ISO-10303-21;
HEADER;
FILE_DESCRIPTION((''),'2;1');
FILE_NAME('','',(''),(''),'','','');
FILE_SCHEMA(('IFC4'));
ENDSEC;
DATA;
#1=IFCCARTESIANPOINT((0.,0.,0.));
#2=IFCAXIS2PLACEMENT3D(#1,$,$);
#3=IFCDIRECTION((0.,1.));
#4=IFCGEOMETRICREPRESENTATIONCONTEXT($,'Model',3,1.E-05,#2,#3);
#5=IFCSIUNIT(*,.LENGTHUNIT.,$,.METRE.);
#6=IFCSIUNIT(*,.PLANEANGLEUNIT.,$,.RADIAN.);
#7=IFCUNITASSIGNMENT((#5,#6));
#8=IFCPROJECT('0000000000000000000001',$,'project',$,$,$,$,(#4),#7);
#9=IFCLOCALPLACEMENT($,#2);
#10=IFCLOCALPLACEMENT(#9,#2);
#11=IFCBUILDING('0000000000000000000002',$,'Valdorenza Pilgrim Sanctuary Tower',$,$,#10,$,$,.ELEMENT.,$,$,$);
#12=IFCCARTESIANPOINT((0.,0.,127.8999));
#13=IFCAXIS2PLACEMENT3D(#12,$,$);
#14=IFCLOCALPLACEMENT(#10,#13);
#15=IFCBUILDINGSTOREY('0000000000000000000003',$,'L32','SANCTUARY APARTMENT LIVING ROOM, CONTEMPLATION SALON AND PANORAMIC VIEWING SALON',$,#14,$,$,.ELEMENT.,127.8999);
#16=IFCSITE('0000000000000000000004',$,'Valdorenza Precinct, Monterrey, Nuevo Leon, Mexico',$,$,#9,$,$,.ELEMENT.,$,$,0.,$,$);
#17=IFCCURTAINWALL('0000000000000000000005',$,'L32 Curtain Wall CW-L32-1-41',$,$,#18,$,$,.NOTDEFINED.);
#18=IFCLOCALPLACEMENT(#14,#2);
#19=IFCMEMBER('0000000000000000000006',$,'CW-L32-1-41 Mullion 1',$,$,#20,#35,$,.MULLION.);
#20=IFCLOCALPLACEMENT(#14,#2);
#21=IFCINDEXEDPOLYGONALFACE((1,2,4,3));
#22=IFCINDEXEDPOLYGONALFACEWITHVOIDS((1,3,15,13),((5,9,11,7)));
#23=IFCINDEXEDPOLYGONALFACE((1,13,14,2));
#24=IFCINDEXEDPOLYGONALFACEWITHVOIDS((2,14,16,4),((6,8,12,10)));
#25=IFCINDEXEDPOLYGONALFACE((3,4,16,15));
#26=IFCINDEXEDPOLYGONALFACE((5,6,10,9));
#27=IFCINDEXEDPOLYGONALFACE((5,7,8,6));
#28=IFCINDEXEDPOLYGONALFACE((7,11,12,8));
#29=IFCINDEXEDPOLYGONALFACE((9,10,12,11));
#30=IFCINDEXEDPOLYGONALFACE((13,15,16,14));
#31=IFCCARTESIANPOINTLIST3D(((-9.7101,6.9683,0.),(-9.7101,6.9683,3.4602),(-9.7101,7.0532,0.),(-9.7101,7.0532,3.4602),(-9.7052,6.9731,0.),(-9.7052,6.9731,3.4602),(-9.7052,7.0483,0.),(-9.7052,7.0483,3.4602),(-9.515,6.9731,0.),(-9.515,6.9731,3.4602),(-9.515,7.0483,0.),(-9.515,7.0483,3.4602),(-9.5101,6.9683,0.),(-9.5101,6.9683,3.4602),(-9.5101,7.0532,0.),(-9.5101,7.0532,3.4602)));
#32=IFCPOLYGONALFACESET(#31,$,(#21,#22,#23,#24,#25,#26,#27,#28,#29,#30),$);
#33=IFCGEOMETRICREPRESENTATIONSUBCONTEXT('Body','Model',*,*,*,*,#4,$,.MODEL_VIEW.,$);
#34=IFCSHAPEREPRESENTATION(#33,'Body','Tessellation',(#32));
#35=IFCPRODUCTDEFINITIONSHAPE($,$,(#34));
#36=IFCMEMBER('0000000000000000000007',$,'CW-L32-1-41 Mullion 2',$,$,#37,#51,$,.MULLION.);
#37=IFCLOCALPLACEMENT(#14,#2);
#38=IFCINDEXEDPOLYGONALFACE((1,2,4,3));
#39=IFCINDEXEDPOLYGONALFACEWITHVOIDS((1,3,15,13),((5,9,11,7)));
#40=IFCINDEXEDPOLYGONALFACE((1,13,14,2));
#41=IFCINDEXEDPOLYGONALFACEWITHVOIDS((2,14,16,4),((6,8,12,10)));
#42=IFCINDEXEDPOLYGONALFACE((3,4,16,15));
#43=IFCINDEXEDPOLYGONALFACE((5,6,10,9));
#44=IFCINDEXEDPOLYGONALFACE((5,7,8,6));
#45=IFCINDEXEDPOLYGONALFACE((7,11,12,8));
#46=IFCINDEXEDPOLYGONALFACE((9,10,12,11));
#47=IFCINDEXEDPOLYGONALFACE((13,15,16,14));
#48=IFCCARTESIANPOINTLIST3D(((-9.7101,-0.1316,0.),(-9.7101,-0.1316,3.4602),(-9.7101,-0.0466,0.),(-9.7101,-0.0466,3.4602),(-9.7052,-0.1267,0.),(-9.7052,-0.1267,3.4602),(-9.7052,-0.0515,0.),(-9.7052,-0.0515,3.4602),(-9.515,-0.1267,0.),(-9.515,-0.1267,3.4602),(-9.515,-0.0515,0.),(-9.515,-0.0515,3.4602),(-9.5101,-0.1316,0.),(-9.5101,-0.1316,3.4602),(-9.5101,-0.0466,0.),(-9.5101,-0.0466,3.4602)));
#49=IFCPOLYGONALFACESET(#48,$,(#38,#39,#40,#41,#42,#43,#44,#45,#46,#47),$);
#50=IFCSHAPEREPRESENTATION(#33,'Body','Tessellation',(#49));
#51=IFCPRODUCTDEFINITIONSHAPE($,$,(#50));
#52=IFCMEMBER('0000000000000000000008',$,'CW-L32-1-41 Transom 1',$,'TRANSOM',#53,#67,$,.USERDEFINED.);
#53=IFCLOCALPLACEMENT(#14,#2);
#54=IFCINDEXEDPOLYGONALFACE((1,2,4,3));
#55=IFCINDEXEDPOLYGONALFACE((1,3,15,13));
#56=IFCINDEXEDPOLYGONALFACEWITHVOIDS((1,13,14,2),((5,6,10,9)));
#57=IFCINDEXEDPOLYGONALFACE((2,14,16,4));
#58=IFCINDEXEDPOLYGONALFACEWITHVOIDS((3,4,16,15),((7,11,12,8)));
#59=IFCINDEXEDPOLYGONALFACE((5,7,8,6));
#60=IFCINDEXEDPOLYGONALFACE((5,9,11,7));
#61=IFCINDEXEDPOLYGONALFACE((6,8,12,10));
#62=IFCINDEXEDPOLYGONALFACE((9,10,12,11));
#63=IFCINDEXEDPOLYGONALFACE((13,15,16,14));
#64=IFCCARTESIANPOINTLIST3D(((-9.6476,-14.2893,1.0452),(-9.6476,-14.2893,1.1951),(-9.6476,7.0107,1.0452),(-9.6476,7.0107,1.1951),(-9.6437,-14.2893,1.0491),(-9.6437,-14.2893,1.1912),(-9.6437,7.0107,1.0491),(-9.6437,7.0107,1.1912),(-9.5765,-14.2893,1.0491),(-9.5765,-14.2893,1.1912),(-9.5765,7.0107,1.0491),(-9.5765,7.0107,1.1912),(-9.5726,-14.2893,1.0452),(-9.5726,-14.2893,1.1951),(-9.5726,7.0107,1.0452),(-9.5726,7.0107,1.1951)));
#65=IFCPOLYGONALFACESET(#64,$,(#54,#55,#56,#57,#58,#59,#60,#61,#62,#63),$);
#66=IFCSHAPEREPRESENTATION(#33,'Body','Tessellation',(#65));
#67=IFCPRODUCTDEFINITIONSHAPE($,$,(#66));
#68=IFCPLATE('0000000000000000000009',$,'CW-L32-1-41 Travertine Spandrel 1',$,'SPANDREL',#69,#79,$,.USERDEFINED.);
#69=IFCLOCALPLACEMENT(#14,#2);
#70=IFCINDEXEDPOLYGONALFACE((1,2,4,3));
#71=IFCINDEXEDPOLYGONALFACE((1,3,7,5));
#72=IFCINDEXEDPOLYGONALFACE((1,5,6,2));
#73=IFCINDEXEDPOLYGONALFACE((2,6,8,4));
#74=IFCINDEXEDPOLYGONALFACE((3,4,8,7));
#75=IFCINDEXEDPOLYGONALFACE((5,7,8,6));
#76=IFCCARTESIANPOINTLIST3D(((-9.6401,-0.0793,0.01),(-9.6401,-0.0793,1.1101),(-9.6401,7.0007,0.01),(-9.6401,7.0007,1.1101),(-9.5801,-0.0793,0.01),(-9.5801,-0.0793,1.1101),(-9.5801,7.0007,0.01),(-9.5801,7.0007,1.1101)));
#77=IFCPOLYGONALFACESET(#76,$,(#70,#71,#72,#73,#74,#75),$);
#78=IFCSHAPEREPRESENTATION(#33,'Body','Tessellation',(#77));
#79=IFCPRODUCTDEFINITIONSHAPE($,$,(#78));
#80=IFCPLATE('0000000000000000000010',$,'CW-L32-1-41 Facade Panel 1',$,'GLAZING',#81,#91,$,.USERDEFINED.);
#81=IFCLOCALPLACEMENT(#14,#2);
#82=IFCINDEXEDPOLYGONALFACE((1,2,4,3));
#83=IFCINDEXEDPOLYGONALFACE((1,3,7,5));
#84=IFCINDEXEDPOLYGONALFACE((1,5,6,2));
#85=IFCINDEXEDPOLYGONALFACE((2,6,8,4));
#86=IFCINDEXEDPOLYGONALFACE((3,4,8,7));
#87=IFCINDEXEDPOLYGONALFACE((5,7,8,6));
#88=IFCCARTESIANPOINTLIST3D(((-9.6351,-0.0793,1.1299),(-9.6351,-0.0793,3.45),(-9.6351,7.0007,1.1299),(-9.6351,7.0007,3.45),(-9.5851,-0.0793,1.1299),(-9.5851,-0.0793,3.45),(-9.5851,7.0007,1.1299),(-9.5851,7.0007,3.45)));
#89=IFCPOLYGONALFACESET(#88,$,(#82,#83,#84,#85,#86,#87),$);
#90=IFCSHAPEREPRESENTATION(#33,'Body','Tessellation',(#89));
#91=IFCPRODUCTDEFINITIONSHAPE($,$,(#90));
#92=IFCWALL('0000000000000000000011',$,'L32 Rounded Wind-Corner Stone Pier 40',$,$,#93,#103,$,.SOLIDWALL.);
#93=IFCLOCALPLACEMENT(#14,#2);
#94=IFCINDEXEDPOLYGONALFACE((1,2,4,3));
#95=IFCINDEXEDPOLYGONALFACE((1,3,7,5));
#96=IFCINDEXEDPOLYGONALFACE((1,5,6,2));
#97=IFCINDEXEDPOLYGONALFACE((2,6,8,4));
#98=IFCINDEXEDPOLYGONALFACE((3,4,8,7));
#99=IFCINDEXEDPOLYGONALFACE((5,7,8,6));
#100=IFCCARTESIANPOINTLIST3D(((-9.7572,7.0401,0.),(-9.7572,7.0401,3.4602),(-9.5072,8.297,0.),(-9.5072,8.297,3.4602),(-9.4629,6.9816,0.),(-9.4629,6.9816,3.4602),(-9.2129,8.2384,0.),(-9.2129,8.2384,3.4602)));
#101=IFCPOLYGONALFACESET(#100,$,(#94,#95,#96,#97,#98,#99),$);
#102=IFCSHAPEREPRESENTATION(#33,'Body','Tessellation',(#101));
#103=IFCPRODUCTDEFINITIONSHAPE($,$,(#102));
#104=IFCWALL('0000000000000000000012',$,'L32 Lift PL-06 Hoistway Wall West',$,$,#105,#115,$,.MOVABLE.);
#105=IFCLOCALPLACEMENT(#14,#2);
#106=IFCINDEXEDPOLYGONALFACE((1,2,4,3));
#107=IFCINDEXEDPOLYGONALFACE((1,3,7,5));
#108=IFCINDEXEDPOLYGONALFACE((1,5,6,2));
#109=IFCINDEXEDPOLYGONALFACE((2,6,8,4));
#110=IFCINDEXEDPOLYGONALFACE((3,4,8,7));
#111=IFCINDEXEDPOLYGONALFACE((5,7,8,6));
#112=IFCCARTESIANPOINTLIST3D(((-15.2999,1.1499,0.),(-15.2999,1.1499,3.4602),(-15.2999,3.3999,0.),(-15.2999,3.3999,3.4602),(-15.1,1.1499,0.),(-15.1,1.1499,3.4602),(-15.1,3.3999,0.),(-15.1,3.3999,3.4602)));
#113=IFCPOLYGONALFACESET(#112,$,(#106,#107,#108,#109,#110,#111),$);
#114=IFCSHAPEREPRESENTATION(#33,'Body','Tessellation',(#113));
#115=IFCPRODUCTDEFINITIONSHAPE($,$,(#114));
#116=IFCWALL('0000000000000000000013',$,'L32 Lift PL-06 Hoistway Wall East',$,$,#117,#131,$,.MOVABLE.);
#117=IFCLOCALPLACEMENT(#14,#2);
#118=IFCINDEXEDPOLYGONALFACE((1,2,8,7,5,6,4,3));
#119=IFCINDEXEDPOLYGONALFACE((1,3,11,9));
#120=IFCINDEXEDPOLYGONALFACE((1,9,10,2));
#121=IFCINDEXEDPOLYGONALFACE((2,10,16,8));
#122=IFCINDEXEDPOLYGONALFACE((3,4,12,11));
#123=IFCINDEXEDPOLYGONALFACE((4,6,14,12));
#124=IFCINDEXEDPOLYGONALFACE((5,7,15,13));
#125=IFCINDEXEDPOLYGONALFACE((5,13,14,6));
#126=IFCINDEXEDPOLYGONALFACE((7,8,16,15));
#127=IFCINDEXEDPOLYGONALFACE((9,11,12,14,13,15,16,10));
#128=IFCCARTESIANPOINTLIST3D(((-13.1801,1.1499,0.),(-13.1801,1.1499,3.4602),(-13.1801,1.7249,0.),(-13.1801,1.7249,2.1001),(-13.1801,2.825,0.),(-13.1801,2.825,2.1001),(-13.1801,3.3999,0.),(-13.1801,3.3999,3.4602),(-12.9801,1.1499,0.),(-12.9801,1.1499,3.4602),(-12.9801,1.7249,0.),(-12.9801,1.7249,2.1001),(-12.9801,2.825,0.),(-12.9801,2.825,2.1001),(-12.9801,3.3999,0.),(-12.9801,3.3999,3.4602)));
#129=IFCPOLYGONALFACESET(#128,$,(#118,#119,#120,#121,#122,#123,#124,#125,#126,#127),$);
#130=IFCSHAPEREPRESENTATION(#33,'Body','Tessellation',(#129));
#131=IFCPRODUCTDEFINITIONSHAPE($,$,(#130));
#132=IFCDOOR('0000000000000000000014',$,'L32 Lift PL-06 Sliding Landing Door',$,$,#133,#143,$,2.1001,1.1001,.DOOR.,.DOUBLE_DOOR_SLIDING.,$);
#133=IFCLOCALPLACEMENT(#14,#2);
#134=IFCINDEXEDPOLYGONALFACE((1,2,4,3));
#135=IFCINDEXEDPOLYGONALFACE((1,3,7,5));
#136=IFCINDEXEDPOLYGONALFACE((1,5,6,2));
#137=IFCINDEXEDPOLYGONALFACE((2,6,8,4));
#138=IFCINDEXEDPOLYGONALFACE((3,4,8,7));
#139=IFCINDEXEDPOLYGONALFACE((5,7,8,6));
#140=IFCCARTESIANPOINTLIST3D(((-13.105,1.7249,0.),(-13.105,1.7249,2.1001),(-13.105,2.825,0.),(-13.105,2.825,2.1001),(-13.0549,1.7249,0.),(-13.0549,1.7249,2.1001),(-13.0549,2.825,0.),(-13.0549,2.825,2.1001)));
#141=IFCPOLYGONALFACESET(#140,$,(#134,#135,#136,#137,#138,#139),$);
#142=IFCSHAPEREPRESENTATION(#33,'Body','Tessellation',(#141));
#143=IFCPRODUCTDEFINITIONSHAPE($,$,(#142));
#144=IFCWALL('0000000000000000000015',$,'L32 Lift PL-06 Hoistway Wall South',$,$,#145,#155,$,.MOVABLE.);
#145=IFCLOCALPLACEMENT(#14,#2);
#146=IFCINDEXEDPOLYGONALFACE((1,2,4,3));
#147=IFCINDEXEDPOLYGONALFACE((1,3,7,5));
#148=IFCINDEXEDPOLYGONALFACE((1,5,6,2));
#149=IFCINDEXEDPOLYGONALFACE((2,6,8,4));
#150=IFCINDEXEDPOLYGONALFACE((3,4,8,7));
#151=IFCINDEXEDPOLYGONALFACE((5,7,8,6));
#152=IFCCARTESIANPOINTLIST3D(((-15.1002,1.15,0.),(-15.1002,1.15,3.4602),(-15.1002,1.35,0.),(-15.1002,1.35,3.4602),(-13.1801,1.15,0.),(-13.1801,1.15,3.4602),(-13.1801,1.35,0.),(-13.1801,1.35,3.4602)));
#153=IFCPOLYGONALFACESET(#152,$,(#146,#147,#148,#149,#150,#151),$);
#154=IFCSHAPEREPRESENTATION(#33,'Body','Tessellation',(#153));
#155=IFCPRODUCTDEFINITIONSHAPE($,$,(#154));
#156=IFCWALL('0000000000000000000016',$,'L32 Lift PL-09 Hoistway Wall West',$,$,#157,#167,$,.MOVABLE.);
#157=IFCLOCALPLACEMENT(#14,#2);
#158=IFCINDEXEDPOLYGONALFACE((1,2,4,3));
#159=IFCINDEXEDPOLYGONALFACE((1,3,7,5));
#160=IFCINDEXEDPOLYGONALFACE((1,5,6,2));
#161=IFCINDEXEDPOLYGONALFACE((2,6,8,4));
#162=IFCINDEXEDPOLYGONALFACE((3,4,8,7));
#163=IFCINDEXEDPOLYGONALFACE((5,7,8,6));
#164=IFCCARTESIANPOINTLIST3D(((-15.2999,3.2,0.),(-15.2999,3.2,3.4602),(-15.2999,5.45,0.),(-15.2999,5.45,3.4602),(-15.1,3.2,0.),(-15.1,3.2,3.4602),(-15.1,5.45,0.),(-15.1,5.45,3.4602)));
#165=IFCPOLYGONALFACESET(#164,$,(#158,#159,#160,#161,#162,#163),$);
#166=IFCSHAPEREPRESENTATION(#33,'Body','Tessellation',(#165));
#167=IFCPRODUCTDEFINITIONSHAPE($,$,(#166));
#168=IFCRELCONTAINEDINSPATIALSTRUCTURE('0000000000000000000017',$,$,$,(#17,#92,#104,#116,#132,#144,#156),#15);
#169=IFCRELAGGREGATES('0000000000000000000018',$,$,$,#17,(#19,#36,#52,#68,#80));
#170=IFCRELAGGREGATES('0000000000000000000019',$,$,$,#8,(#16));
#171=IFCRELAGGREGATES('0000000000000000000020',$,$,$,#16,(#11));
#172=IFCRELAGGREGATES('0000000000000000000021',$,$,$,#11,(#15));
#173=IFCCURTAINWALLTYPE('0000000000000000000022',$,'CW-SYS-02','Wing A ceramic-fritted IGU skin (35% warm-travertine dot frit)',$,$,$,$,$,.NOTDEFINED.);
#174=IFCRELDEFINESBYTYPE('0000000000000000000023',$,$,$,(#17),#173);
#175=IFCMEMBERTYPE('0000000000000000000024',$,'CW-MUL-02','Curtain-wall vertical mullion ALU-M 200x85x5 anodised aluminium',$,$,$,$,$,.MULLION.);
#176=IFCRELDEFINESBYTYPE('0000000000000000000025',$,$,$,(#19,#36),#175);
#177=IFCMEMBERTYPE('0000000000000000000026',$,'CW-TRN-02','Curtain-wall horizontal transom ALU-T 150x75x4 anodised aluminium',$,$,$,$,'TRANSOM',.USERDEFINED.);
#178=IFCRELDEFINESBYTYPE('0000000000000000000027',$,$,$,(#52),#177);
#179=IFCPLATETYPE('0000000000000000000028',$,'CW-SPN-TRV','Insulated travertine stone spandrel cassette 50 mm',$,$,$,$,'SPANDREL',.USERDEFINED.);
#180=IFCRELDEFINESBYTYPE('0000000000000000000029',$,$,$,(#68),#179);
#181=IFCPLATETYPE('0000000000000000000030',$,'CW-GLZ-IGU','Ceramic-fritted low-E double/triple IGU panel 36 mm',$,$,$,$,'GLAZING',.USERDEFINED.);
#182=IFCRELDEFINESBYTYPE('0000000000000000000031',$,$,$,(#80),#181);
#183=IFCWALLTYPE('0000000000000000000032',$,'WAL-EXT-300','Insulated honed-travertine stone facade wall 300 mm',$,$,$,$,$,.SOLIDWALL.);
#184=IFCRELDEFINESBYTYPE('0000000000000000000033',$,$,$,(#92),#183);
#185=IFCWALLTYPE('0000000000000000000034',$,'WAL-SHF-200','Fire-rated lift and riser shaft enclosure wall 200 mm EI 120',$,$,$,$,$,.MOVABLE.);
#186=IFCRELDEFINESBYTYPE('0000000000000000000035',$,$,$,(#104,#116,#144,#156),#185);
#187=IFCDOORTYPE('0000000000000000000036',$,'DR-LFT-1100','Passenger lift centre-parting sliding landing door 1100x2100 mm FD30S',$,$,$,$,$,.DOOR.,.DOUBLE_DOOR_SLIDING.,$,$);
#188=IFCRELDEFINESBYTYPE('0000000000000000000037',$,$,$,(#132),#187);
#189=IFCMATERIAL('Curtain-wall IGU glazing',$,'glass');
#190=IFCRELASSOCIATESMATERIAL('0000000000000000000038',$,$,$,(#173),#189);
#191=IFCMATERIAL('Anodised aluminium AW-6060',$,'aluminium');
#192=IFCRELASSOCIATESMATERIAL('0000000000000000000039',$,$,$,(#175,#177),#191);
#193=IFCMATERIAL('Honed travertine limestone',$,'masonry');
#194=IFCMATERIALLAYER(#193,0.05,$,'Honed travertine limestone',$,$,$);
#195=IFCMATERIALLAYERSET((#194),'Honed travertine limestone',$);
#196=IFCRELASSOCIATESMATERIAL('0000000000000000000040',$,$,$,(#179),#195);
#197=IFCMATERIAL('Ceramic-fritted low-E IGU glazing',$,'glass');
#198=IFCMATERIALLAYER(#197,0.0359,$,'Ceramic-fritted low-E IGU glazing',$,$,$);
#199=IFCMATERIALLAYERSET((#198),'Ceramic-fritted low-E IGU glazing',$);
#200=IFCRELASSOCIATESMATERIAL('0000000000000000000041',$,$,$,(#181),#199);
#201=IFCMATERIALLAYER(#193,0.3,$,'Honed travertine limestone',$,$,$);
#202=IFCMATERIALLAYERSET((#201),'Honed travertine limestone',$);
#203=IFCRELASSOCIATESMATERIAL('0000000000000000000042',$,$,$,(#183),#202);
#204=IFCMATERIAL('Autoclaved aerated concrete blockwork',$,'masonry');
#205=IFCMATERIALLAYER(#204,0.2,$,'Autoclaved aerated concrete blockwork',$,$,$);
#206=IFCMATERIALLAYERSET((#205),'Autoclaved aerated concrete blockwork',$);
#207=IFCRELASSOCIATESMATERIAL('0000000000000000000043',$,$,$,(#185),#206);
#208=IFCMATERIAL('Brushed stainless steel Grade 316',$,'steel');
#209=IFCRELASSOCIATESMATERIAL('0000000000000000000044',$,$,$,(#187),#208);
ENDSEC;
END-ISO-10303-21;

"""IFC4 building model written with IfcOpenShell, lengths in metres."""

from ifc_helpers import new_model, si_unit, direction, frame, frame_2d, origin, origin_2d, place, context, subcontext, project, spatial, rectangle, hollow_rectangle, extrude, source, transform, mapped, material, layer, layer_set, material_profile, profile_set, type_object, element, fill, aggregate, save


model = new_model("IFC4")

# Units and contexts
model_context = context("Model", 3, precision=1e-05, world=origin(), true_north=direction((0.0, 1.0)))
body_context = subcontext(model_context, "Body", "Model", "MODEL_VIEW")
ifc_project = project(units=[si_unit("LENGTHUNIT", "METRE"), si_unit("PLANEANGLEUNIT", "RADIAN")], contexts=[model_context])

# Site, building, storey
site_placement = place(None, origin())
site = spatial("IfcSite", under=ifc_project, at=site_placement, Name="Valdorenza Precinct, Monterrey, Nuevo Leon, Mexico", CompositionType="ELEMENT", RefElevation=0.0)
building_placement = place(site_placement, origin())
building = spatial("IfcBuilding", under=site, at=building_placement, Name="Valdorenza Pilgrim Sanctuary Tower", CompositionType="ELEMENT")
storey_placement = place(building_placement, frame((0.0, 0.0, 127.8999)))
storey = spatial("IfcBuildingStorey", under=building, at=storey_placement, Name="L32", Description="SANCTUARY APARTMENT LIVING ROOM, CONTEMPLATION SALON AND PANORAMIC VIEWING SALON", CompositionType="ELEMENT", Elevation=127.8999)

# Curtain wall, members, plates
ifc_material_1 = material(Name="Curtain-wall IGU glazing", Category="glass")
curtain_wall_type = type_object("IfcCurtainWallType", Name="CW-SYS-02", Description="Wing A ceramic-fritted IGU skin (35% warm-travertine dot frit)", PredefinedType="NOTDEFINED", material=ifc_material_1)
curtain_wall_placement = place(storey_placement, origin())
curtain_wall = element("IfcCurtainWall", 1, at=curtain_wall_placement, inside=storey, type_object=curtain_wall_type, Name="L32 Curtain Wall CW-L32-1-41", PredefinedType="NOTDEFINED")
ifc_material_2 = material(Name="Anodised aluminium AW-6060", Category="aluminium")
ifc_material_profile_1 = material_profile(ifc_material_2, hollow_rectangle(XDim=0.085, YDim=0.2, WallThickness=0.0049, at=origin_2d()), Name="ALU-M 200x85x5")
ifc_profile_set_1 = profile_set([ifc_material_profile_1], Name="Anodised aluminium AW-6060")
member_type_1 = type_object("IfcMemberType", Name="CW-MUL-02", Description="Curtain-wall vertical mullion ALU-M 200x85x5 anodised aluminium", PredefinedType="MULLION", material=ifc_profile_set_1)
shared_shape_1 = source(origin(), body_context, "Body", "SweptSolid", [
    extrude(hollow_rectangle(XDim=0.085, YDim=0.2, WallThickness=0.0049, at=origin_2d()), origin(), (0.0, 0.0, 1.0), 3.4602),
])
member_1_placement = place(storey_placement, frame((-9.6101, 7.0107, 0.0), z_axis=(0.0, 0.0, 1.0), x_axis=(0.0, -1.0, 0.0)))
member_1 = element("IfcMember", 2, at=member_1_placement, type_object=member_type_1, Name="CW-L32-1-41 Mullion 1", PredefinedType="MULLION", context=body_context, shape_type="MappedRepresentation", body=[
    mapped(shared_shape_1, transform((0.0, 0.0, 0.0), x_axis=(1.0, 0.0, 0.0), y_axis=(0.0, 1.0, 0.0), z_axis=(0.0, 0.0, 1.0), scale=1.0)),
])
member_2_placement = place(storey_placement, frame((-9.6101, -0.0891, 0.0), z_axis=(0.0, 0.0, 1.0), x_axis=(0.0, -1.0, 0.0)))
member_2 = element("IfcMember", 3, at=member_2_placement, type_object=member_type_1, Name="CW-L32-1-41 Mullion 2", PredefinedType="MULLION", context=body_context, shape_type="MappedRepresentation", body=[
    mapped(shared_shape_1, transform((0.0, 0.0, 0.0), x_axis=(1.0, 0.0, 0.0), y_axis=(0.0, 1.0, 0.0), z_axis=(0.0, 0.0, 1.0), scale=1.0)),
])
ifc_material_profile_2 = material_profile(ifc_material_2, hollow_rectangle(XDim=0.075, YDim=0.1499, WallThickness=0.0039, at=origin_2d()), Name="ALU-T 150x75x4")
ifc_profile_set_2 = profile_set([ifc_material_profile_2], Name="Anodised aluminium AW-6060")
member_type_2 = type_object("IfcMemberType", Name="CW-TRN-02", Description="Curtain-wall horizontal transom ALU-T 150x75x4 anodised aluminium", ElementType="TRANSOM", PredefinedType="USERDEFINED", material=ifc_profile_set_2)
shared_shape_2 = source(origin(), body_context, "Body", "SweptSolid", [
    extrude(hollow_rectangle(XDim=0.075, YDim=0.1499, WallThickness=0.0039, at=origin_2d()), origin(), (0.0, 0.0, 1.0), 21.3),
])
member_3_placement = place(storey_placement, frame((-9.6101, 7.0107, 1.1201), z_axis=(0.0, -1.0, 0.0), x_axis=(1.0, 0.0, 0.0)))
member_3 = element("IfcMember", 4, at=member_3_placement, type_object=member_type_2, Name="CW-L32-1-41 Transom 1", ObjectType="TRANSOM", PredefinedType="USERDEFINED", context=body_context, shape_type="MappedRepresentation", body=[
    mapped(shared_shape_2, transform((0.0, 0.0, 0.0), x_axis=(1.0, 0.0, 0.0), y_axis=(0.0, 1.0, 0.0), z_axis=(0.0, 0.0, 1.0), scale=1.0)),
])
ifc_material_3 = material(Name="Honed travertine limestone", Category="masonry")
ifc_layer_1 = layer(ifc_material_3, 0.05, Name="Honed travertine limestone")
ifc_layer_set_1 = layer_set([ifc_layer_1], Name="Honed travertine limestone")
plate_type_1 = type_object("IfcPlateType", Name="CW-SPN-TRV", Description="Insulated travertine stone spandrel cassette 50 mm", ElementType="SPANDREL", PredefinedType="USERDEFINED", material=ifc_layer_set_1)
shared_shape_3 = source(origin(), body_context, "Body", "SweptSolid", [
    extrude(rectangle(XDim=7.0801, YDim=0.0601, at=origin_2d()), origin(), (0.0, 0.0, 1.0), 1.1001),
])
plate_1_placement = place(storey_placement, frame((-9.6101, 3.4607, 0.01), z_axis=(0.0, 0.0, 1.0), x_axis=(0.0, -1.0, 0.0)))
plate_1 = element("IfcPlate", 5, at=plate_1_placement, type_object=plate_type_1, Name="CW-L32-1-41 Travertine Spandrel 1", ObjectType="SPANDREL", PredefinedType="USERDEFINED", context=body_context, shape_type="MappedRepresentation", body=[
    mapped(shared_shape_3, transform((0.0, 0.0, 0.0), x_axis=(1.0, 0.0, 0.0), y_axis=(0.0, 1.0, 0.0), z_axis=(0.0, 0.0, 1.0), scale=1.0)),
])
ifc_material_4 = material(Name="Ceramic-fritted low-E IGU glazing", Category="glass")
ifc_layer_2 = layer(ifc_material_4, 0.0359, Name="Ceramic-fritted low-E IGU glazing")
ifc_layer_set_2 = layer_set([ifc_layer_2], Name="Ceramic-fritted low-E IGU glazing")
plate_type_2 = type_object("IfcPlateType", Name="CW-GLZ-IGU", Description="Ceramic-fritted low-E double/triple IGU panel 36 mm", ElementType="GLAZING", PredefinedType="USERDEFINED", material=ifc_layer_set_2)
shared_shape_4 = source(origin(), body_context, "Body", "SweptSolid", [
    extrude(rectangle(XDim=7.0801, YDim=0.05, at=origin_2d()), origin(), (0.0, 0.0, 1.0), 2.3201),
])
plate_2_placement = place(storey_placement, frame((-9.6101, 3.4607, 1.1299), z_axis=(0.0, 0.0, 1.0), x_axis=(0.0, -1.0, 0.0)))
plate_2 = element("IfcPlate", 6, at=plate_2_placement, type_object=plate_type_2, Name="CW-L32-1-41 Facade Panel 1", ObjectType="GLAZING", PredefinedType="USERDEFINED", context=body_context, shape_type="MappedRepresentation", body=[
    mapped(shared_shape_4, transform((0.0, 0.0, 0.0), x_axis=(1.0, 0.0, 0.0), y_axis=(0.0, 1.0, 0.0), z_axis=(0.0, 0.0, 1.0), scale=1.0)),
])
aggregate(curtain_wall, [member_1, member_2, member_3, plate_1, plate_2])

# Wall
ifc_layer_3 = layer(ifc_material_3, 0.3, Name="Honed travertine limestone")
ifc_layer_set_3 = layer_set([ifc_layer_3], Name="Honed travertine limestone")
wall_type_1 = type_object("IfcWallType", Name="WAL-EXT-300", Description="Insulated honed-travertine stone facade wall 300 mm", PredefinedType="SOLIDWALL", material=ifc_layer_set_3)
wall_1_placement = place(storey_placement, frame((-9.3601, 8.2676, 0.0), z_axis=(0.0, 0.0, 1.0), x_axis=(-0.19509, -0.980785, 0.0)))
element("IfcWall", 7, at=wall_1_placement, inside=storey, type_object=wall_type_1, Name="L32 Rounded Wind-Corner Stone Pier 40", PredefinedType="SOLIDWALL", context=body_context, shape_type="SweptSolid", body=[
    extrude(rectangle(XDim=1.2815, YDim=0.3, at=frame_2d((0.6406, 0.0))), origin(), (0.0, 0.0, 1.0), 3.4602),
])

# Wall
ifc_material_5 = material(Name="Autoclaved aerated concrete blockwork", Category="masonry")
ifc_layer_4 = layer(ifc_material_5, 0.2, Name="Autoclaved aerated concrete blockwork")
ifc_layer_set_4 = layer_set([ifc_layer_4], Name="Autoclaved aerated concrete blockwork")
wall_type_2 = type_object("IfcWallType", Name="WAL-SHF-200", Description="Fire-rated lift and riser shaft enclosure wall 200 mm EI 120", PredefinedType="MOVABLE", material=ifc_layer_set_4)
wall_2_placement = place(storey_placement, frame((-15.2, 1.1499, 0.0), z_axis=(0.0, 0.0, 1.0), x_axis=(0.0, 1.0, 0.0)))
element("IfcWall", 8, at=wall_2_placement, inside=storey, type_object=wall_type_2, Name="L32 Lift PL-06 Hoistway Wall West", PredefinedType="MOVABLE", context=body_context, shape_type="SweptSolid", body=[
    extrude(rectangle(XDim=2.25, YDim=0.2, at=frame_2d((1.125, 0.0))), origin(), (0.0, 0.0, 1.0), 3.4602),
])

# Wall, opening, door
wall_3_placement = place(storey_placement, frame((-13.0801, 1.1499, 0.0), z_axis=(0.0, 0.0, 1.0), x_axis=(0.0, 1.0, 0.0)))
wall_3 = element("IfcWall", 9, at=wall_3_placement, inside=storey, type_object=wall_type_2, Name="L32 Lift PL-06 Hoistway Wall East", PredefinedType="MOVABLE", context=body_context, shape_type="SweptSolid", body=[
    extrude(rectangle(XDim=2.25, YDim=0.2, at=frame_2d((1.125, 0.0))), origin(), (0.0, 0.0, 1.0), 3.4602),
])
opening_1_placement = place(wall_3_placement, frame((0.575, 0.0, 0.0)))
opening_1 = element("IfcOpeningElement", 10, at=opening_1_placement, cuts=wall_3, PredefinedType="OPENING", context=body_context, shape_type="SweptSolid", body=[
    extrude(rectangle(XDim=1.1001, YDim=2.1001, at=frame_2d((0.55, 1.05))), frame((0.0, 0.1147, 0.0), z_axis=(0.0, -1.0, 0.0), x_axis=(1.0, 0.0, 0.0)), (0.0, 0.0, 1.0), 0.2297),
])
ifc_material_6 = material(Name="Brushed stainless steel Grade 316", Category="steel")
door_type_1 = type_object("IfcDoorType", Name="DR-LFT-1100", Description="Passenger lift centre-parting sliding landing door 1100x2100 mm FD30S", OperationType="DOUBLE_DOOR_SLIDING", PredefinedType="DOOR", material=ifc_material_6)
door_1_placement = place(opening_1_placement, origin())
door_1 = element("IfcDoor", 11, at=door_1_placement, inside=storey, type_object=door_type_1, Name="L32 Lift PL-06 Sliding Landing Door", OperationType="DOUBLE_DOOR_SLIDING", OverallHeight=2.1001, OverallWidth=1.1001, PredefinedType="DOOR", context=body_context, shape_type="SweptSolid", body=[
    extrude(rectangle(XDim=1.1001, YDim=2.1001, at=frame_2d((0.55, 1.05))), frame((0.0, 0.0249, 0.0), z_axis=(0.0, -1.0, 0.0), x_axis=(1.0, 0.0, 0.0)), (0.0, 0.0, 1.0), 0.05),
])
fill(opening_1, door_1)

# Walls
wall_4_placement = place(storey_placement, frame((-15.1001, 1.25, 0.0), z_axis=(0.0, 0.0, 1.0), x_axis=(1.0, 0.0, 0.0)))
element("IfcWall", 12, at=wall_4_placement, inside=storey, type_object=wall_type_2, Name="L32 Lift PL-06 Hoistway Wall South", PredefinedType="MOVABLE", context=body_context, shape_type="SweptSolid", body=[
    extrude(rectangle(XDim=1.9202, YDim=0.2, at=frame_2d((0.96, 0.0))), origin(), (0.0, 0.0, 1.0), 3.4602),
])
for number, where, z_axis, x_axis, name in (
    (13, (-15.2, 3.2, 0.0), (0.0, 0.0, 1.0), (0.0, 1.0, 0.0), "L32 Lift PL-09 Hoistway Wall West"),
):
    element("IfcWall", number, at=place(storey_placement, frame(where, z_axis=z_axis, x_axis=x_axis)), inside=storey, type_object=wall_type_2, Name=name, PredefinedType="MOVABLE", context=body_context, shape_type="SweptSolid", body=[
        extrude(rectangle(XDim=2.25, YDim=0.2, at=frame_2d((1.125, 0.0))), origin(), (0.0, 0.0, 1.0), 3.4602),
    ])

save(model, "model.ifc")
